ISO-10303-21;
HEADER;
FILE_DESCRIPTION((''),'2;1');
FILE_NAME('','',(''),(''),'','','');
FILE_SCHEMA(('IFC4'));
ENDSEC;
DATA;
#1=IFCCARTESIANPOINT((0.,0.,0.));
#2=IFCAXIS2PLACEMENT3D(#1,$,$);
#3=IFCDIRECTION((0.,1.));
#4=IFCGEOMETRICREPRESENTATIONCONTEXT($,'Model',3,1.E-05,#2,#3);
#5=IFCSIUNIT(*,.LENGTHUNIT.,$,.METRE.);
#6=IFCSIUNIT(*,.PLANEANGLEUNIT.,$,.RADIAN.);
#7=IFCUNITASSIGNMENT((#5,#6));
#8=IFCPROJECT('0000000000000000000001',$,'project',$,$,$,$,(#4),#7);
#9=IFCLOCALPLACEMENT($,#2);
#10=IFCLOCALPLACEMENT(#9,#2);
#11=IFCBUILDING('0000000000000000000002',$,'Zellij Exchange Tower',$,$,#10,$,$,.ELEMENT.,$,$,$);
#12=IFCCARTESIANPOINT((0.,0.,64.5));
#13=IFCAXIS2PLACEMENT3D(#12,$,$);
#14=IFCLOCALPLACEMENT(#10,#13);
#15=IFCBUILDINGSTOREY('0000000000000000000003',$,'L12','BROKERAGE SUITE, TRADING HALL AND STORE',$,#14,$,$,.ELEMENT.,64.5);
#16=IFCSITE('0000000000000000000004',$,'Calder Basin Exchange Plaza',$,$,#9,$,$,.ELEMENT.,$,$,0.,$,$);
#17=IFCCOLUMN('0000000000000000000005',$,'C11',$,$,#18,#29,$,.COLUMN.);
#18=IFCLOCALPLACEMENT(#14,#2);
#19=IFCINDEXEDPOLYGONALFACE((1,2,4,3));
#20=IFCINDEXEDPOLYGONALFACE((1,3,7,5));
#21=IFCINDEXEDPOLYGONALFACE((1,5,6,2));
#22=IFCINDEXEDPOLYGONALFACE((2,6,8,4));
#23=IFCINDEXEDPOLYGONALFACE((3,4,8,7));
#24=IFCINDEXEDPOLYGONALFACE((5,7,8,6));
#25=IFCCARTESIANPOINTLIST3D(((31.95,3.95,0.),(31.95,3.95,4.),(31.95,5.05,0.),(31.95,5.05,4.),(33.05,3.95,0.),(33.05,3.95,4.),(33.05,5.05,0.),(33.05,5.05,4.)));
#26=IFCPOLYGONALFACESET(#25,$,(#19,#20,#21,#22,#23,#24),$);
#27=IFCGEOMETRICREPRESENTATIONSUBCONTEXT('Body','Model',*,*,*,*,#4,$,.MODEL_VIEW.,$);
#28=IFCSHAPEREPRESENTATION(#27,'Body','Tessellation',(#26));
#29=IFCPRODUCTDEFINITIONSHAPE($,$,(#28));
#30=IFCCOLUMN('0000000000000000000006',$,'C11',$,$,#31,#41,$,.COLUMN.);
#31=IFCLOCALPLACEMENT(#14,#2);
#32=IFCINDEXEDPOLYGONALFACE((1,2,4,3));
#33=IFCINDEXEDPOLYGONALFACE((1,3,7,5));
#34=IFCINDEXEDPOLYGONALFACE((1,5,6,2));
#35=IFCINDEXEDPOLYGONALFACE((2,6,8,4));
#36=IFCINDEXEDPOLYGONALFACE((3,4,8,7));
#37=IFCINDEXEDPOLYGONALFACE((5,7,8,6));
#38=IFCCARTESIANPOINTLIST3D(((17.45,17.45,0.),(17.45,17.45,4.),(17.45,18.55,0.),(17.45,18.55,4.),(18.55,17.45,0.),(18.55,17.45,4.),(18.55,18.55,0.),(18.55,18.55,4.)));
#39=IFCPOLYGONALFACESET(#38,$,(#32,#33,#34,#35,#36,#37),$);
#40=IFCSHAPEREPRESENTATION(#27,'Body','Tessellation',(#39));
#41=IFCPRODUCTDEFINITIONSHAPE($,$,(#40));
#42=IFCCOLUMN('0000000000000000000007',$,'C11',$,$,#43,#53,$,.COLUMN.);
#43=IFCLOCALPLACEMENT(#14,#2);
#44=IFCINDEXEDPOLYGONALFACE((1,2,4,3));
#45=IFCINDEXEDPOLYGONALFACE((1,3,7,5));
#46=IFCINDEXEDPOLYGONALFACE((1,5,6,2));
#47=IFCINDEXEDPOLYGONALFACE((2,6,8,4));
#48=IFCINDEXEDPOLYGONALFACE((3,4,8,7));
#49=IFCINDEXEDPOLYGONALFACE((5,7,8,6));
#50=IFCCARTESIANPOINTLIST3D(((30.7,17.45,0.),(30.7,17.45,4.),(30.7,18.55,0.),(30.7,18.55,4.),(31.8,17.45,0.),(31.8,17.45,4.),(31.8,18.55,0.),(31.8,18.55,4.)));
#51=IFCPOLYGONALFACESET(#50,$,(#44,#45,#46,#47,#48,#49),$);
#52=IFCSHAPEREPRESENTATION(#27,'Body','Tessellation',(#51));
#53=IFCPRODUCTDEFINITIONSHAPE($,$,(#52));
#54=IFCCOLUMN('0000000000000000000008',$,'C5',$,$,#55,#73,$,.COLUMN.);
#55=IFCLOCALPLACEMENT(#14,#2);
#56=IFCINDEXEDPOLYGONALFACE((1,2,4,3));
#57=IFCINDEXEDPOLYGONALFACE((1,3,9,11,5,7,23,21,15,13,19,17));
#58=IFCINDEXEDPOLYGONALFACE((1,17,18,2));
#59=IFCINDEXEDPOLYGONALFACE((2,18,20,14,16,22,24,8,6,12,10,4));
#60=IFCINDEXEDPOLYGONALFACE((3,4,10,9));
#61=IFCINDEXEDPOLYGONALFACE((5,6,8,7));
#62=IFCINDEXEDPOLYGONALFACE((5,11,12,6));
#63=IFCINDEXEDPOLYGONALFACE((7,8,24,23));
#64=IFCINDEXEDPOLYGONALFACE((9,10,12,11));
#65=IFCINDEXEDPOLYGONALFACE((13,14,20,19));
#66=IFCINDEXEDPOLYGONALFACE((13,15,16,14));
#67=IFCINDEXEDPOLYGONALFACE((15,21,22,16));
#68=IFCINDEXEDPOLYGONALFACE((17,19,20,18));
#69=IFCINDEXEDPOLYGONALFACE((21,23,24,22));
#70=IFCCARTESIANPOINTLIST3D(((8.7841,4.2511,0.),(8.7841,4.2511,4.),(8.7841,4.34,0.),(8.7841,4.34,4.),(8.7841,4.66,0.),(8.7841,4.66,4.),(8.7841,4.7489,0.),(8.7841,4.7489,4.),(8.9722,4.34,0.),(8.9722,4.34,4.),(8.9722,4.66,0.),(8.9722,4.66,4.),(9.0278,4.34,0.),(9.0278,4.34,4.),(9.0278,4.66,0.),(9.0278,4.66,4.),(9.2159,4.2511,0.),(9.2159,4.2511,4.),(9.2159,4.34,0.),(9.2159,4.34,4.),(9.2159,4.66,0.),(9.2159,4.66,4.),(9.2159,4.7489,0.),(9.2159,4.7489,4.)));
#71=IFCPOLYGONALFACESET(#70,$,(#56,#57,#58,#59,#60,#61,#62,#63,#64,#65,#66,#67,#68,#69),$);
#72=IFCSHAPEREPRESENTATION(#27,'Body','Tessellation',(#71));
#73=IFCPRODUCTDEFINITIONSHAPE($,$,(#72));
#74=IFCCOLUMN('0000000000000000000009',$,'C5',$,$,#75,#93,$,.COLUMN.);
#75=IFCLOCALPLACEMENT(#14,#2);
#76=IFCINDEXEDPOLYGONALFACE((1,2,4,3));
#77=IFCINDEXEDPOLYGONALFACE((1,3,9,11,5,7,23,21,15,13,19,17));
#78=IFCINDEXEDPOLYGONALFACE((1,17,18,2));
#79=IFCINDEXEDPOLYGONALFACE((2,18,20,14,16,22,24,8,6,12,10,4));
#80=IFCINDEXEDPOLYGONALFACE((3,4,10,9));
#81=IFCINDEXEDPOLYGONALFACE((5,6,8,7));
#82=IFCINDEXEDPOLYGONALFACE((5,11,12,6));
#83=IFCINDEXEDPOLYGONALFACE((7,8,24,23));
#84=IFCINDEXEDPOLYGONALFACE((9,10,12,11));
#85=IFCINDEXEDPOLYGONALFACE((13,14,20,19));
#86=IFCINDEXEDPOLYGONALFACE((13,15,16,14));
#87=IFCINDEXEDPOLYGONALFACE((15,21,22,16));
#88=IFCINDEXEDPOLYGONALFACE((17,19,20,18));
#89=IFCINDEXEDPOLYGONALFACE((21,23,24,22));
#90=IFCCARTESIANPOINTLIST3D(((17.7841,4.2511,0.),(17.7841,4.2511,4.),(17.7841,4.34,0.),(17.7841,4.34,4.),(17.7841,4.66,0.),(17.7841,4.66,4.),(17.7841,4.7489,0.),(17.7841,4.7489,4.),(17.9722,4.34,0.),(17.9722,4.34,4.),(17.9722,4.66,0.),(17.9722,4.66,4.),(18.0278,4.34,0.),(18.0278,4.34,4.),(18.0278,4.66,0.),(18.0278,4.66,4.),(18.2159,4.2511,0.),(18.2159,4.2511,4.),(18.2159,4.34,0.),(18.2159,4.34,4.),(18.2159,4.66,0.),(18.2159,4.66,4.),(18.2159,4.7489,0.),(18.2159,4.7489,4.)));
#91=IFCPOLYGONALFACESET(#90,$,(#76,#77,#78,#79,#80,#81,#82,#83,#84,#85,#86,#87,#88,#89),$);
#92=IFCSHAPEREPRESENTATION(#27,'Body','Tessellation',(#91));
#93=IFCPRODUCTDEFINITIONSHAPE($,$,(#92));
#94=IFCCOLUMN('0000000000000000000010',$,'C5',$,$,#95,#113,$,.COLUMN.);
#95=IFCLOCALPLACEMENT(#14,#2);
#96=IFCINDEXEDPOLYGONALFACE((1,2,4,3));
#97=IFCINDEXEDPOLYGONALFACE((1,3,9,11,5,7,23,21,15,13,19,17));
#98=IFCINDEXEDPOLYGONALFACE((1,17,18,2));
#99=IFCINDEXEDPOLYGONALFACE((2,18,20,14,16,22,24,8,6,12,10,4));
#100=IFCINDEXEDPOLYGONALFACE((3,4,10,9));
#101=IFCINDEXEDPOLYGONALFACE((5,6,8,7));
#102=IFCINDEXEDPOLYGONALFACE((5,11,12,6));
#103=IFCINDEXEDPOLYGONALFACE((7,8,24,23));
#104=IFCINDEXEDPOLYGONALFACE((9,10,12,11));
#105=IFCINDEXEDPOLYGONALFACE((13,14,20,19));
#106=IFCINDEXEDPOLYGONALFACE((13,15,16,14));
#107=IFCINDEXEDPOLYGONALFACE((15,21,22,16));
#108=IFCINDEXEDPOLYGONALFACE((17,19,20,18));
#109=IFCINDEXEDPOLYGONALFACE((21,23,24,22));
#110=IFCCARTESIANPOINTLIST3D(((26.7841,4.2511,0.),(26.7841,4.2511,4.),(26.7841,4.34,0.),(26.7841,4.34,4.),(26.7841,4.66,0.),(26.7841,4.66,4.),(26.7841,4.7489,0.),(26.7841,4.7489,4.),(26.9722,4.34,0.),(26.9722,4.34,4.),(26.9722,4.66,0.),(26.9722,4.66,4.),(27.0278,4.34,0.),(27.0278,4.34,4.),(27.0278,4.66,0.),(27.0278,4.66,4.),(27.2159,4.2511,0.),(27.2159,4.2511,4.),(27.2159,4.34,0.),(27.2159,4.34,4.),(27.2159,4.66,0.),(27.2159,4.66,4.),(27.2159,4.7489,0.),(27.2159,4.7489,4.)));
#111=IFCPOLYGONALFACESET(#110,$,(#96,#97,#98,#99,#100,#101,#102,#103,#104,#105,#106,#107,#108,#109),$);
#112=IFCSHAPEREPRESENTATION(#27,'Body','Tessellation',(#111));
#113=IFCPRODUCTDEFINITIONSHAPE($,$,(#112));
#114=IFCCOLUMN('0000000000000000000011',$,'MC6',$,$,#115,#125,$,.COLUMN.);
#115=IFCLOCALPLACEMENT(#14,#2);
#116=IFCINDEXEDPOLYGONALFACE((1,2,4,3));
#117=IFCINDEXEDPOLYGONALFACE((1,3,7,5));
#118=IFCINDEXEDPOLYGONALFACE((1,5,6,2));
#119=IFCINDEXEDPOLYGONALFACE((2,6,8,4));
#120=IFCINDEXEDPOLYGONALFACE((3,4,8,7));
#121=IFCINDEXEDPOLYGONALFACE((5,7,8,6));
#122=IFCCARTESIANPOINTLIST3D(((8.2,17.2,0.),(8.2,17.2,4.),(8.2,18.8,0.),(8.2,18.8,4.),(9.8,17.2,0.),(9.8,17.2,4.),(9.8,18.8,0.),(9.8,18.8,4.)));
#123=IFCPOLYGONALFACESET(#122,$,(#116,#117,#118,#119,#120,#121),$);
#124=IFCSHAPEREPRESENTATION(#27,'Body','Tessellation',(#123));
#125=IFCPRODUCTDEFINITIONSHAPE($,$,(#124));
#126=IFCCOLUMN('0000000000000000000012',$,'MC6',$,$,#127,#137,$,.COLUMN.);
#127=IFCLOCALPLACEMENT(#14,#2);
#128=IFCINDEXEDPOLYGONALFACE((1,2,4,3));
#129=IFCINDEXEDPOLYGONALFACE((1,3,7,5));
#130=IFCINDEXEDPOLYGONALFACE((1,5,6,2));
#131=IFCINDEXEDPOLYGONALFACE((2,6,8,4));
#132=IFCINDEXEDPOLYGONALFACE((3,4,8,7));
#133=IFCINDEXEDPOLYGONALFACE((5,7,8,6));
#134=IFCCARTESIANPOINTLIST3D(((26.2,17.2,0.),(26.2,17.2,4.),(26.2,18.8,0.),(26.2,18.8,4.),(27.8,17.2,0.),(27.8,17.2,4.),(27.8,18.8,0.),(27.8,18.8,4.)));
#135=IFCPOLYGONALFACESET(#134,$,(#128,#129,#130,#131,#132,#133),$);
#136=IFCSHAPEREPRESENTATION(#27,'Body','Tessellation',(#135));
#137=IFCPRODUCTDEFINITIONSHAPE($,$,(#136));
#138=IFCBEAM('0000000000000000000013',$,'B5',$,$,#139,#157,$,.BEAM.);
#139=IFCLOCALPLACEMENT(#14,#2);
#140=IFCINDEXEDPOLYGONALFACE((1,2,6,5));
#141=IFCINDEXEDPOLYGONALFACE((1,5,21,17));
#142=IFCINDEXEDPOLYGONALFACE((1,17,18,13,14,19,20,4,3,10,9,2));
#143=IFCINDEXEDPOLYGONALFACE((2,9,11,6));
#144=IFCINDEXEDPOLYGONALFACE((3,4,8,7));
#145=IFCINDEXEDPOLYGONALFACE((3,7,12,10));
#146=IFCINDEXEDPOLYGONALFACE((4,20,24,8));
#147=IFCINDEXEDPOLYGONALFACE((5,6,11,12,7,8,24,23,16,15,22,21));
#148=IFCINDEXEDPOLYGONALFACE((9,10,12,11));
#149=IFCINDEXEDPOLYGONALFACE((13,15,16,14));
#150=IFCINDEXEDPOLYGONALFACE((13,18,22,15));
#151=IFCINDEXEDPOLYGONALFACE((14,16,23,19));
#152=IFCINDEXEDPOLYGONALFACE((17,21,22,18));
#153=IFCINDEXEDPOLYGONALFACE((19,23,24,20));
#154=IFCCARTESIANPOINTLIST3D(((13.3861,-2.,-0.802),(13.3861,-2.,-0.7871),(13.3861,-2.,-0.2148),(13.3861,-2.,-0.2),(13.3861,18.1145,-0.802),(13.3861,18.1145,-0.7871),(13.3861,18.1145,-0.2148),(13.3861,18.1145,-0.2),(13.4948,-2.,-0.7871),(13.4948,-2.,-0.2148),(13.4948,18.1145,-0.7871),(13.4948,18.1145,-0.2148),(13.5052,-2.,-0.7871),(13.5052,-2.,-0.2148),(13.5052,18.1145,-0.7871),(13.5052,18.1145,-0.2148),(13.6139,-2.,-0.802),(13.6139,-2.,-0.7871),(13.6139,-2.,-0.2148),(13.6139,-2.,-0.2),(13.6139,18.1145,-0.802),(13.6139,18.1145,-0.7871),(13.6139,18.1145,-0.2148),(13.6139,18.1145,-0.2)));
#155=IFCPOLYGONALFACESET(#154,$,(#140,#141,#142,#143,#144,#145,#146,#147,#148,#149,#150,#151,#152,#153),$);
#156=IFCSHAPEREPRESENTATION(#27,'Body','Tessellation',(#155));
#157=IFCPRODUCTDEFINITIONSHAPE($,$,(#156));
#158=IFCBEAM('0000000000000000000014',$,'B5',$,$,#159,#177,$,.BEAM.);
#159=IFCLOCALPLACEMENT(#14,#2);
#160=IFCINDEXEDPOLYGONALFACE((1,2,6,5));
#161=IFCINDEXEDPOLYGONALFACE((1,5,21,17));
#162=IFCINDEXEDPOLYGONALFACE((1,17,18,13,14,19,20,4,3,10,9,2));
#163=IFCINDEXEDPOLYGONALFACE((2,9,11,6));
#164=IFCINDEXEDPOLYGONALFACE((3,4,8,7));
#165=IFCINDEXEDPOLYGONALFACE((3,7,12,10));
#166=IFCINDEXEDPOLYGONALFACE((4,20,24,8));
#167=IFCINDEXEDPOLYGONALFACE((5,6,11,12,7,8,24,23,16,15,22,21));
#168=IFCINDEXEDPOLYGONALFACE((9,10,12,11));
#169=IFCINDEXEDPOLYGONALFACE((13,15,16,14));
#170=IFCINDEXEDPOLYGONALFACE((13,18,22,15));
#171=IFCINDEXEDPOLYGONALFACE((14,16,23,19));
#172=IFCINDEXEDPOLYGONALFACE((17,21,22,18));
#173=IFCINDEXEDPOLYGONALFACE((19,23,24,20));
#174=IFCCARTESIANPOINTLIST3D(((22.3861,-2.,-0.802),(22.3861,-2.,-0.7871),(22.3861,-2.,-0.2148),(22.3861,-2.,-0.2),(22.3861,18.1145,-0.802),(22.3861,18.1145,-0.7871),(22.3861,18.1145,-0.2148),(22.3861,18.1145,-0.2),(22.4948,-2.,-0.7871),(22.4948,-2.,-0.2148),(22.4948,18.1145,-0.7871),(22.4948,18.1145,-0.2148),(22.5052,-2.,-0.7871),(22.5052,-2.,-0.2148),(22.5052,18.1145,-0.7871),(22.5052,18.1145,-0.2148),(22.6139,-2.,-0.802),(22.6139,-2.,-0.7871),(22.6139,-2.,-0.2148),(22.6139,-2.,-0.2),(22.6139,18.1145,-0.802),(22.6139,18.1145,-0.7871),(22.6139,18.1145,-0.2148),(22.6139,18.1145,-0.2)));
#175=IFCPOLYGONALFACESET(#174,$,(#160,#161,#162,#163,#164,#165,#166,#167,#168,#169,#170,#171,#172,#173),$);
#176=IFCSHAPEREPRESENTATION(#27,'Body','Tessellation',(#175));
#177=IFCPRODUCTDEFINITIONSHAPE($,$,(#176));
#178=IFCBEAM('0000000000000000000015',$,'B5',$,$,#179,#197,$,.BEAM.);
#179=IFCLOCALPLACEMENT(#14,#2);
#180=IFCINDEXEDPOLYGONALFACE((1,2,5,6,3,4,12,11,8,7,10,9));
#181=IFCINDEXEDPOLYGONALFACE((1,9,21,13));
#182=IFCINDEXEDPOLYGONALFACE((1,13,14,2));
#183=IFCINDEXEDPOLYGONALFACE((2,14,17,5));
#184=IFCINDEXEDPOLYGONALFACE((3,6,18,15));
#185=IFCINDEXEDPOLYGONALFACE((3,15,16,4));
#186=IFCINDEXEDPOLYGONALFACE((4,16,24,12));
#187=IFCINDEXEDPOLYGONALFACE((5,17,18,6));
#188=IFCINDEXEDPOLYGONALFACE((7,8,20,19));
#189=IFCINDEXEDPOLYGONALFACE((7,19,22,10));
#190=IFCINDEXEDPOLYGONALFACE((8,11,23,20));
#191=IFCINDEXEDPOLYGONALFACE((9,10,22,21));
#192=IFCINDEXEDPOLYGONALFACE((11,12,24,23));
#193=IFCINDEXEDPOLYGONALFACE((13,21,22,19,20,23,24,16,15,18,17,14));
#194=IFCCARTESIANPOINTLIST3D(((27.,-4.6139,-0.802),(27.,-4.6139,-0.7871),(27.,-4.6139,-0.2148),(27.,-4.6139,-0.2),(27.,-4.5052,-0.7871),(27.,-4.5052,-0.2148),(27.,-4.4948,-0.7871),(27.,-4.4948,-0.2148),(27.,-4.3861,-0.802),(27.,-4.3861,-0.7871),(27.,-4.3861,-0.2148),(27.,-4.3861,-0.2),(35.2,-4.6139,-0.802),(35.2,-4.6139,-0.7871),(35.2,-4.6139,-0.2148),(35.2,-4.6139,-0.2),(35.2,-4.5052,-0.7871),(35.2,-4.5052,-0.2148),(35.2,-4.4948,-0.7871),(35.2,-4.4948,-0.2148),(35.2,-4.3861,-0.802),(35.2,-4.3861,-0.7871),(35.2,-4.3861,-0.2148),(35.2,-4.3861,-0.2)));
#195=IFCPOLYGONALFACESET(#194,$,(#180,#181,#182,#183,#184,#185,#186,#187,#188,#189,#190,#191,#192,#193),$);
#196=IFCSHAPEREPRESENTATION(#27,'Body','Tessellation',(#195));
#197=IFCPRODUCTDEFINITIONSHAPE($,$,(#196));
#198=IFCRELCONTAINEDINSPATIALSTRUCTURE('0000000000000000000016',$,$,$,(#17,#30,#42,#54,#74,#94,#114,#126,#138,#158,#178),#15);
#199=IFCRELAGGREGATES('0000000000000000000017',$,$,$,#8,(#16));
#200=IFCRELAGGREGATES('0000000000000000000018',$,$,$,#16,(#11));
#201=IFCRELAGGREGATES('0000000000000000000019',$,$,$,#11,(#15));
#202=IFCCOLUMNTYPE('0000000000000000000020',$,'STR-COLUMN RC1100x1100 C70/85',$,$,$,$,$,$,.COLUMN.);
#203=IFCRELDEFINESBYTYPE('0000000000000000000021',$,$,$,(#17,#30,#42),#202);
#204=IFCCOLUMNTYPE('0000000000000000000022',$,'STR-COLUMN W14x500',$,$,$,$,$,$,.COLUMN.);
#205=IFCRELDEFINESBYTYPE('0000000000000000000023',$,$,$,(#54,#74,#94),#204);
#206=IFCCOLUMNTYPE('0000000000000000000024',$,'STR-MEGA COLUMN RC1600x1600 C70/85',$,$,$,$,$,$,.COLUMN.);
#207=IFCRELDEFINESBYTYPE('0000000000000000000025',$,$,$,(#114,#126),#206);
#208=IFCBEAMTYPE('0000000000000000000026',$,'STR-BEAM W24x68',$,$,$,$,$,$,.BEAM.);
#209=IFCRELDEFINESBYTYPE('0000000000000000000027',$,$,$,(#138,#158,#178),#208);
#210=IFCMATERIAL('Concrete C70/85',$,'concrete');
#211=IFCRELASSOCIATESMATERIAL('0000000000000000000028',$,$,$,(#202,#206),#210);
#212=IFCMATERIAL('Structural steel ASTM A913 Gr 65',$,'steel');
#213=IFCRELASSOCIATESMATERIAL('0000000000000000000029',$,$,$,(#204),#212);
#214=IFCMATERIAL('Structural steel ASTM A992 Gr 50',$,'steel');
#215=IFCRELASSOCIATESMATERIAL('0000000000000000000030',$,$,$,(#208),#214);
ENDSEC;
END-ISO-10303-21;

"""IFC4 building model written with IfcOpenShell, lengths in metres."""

from ifc_helpers import new_model, si_unit, direction, frame, origin, origin_2d, place, context, subcontext, project, spatial, rectangle, i_section, extrude, material, material_profile, profile_set, type_object, element, save


model = new_model("IFC4")

# Units and contexts
model_context = context("Model", 3, precision=1e-05, world=origin(), true_north=direction((0.0, 1.0)))
body_context = subcontext(model_context, "Body", "Model", "MODEL_VIEW")
ifc_project = project(units=[si_unit("LENGTHUNIT", "METRE"), si_unit("PLANEANGLEUNIT", "RADIAN")], contexts=[model_context])

# Site, building, storey
site_placement = place(None, origin())
site = spatial("IfcSite", under=ifc_project, at=site_placement, Name="Calder Basin Exchange Plaza", CompositionType="ELEMENT", RefElevation=0.0)
building_placement = place(site_placement, origin())
building = spatial("IfcBuilding", under=site, at=building_placement, Name="Zellij Exchange Tower", CompositionType="ELEMENT")
storey_placement = place(building_placement, frame((0.0, 0.0, 64.5)))
storey = spatial("IfcBuildingStorey", under=building, at=storey_placement, Name="L12", Description="BROKERAGE SUITE, TRADING HALL AND STORE", CompositionType="ELEMENT", Elevation=64.5)

# Columns
ifc_material_1 = material(Name="Concrete C70/85", Category="concrete")
ifc_material_profile_1 = material_profile(ifc_material_1, rectangle(XDim=1.1001, YDim=1.1001, at=origin_2d()), Name="STR-COLUMN RC1100x1100 C70/85")
ifc_profile_set_1 = profile_set([ifc_material_profile_1], Name="Concrete C70/85")
column_type_1 = type_object("IfcColumnType", Name="STR-COLUMN RC1100x1100 C70/85", PredefinedType="COLUMN", material=ifc_profile_set_1)
for number, where, z_axis, x_axis, name in (
    (1, (32.5, 4.5, 0.0), (0.0, 0.0, 1.0), (1.0, 0.0, 0.0), "C11"),
    (2, (18.0, 18.0, 0.0), (0.0, 0.0, 1.0), (1.0, 0.0, 0.0), "C11"),
    (3, (31.25, 18.0, 0.0), (0.0, 0.0, 1.0), (1.0, 0.0, 0.0), "C11"),
):
    element("IfcColumn", number, at=place(storey_placement, frame(where, z_axis=z_axis, x_axis=x_axis)), inside=storey, type_object=column_type_1, Name=name, PredefinedType="COLUMN", context=body_context, shape_type="SweptSolid", body=[
        extrude(rectangle(XDim=1.1001, YDim=1.1001, at=origin_2d()), origin(), (0.0, 0.0, 1.0), 4.0),
    ])
ifc_material_2 = material(Name="Structural steel ASTM A913 Gr 65", Category="steel")
ifc_material_profile_2 = material_profile(ifc_material_2, i_section(OverallWidth=0.4319, OverallDepth=0.4978, WebThickness=0.0557, FlangeThickness=0.0889, at=origin_2d()), Name="W14x500")
ifc_profile_set_2 = profile_set([ifc_material_profile_2], Name="Structural steel ASTM A913 Gr 65")
column_type_2 = type_object("IfcColumnType", Name="STR-COLUMN W14x500", PredefinedType="COLUMN", material=ifc_profile_set_2)
for number, where, z_axis, x_axis, name in (
    (4, (9.0, 4.5, 0.0), (0.0, 0.0, 1.0), (1.0, 0.0, 0.0), "C5"),
    (5, (18.0, 4.5, 0.0), (0.0, 0.0, 1.0), (1.0, 0.0, 0.0), "C5"),
    (6, (27.0, 4.5, 0.0), (0.0, 0.0, 1.0), (1.0, 0.0, 0.0), "C5"),
):
    element("IfcColumn", number, at=place(storey_placement, frame(where, z_axis=z_axis, x_axis=x_axis)), inside=storey, type_object=column_type_2, Name=name, PredefinedType="COLUMN", context=body_context, shape_type="SweptSolid", body=[
        extrude(i_section(OverallWidth=0.4319, OverallDepth=0.4978, WebThickness=0.0557, FlangeThickness=0.0889, at=origin_2d()), origin(), (0.0, 0.0, 1.0), 4.0),
    ])
ifc_material_profile_3 = material_profile(ifc_material_1, rectangle(XDim=1.6001, YDim=1.6001, at=origin_2d()), Name="STR-MEGA COLUMN RC1600x1600 C70/85")
ifc_profile_set_3 = profile_set([ifc_material_profile_3], Name="Concrete C70/85")
column_type_3 = type_object("IfcColumnType", Name="STR-MEGA COLUMN RC1600x1600 C70/85", PredefinedType="COLUMN", material=ifc_profile_set_3)
for number, where, z_axis, x_axis, name in (
    (7, (9.0, 18.0, 0.0), (0.0, 0.0, 1.0), (1.0, 0.0, 0.0), "MC6"),
    (8, (27.0, 18.0, 0.0), (0.0, 0.0, 1.0), (1.0, 0.0, 0.0), "MC6"),
):
    element("IfcColumn", number, at=place(storey_placement, frame(where, z_axis=z_axis, x_axis=x_axis)), inside=storey, type_object=column_type_3, Name=name, PredefinedType="COLUMN", context=body_context, shape_type="SweptSolid", body=[
        extrude(rectangle(XDim=1.6001, YDim=1.6001, at=origin_2d()), origin(), (0.0, 0.0, 1.0), 4.0),
    ])

# Beams
ifc_material_3 = material(Name="Structural steel ASTM A992 Gr 50", Category="steel")
ifc_material_profile_4 = material_profile(ifc_material_3, i_section(OverallWidth=0.2278, OverallDepth=0.6021, WebThickness=0.0105, FlangeThickness=0.0149, at=origin_2d()), Name="W24x68")
ifc_profile_set_4 = profile_set([ifc_material_profile_4], Name="Structural steel ASTM A992 Gr 50")
beam_type_1 = type_object("IfcBeamType", Name="STR-BEAM W24x68", PredefinedType="BEAM", material=ifc_profile_set_4)
for number, where, z_axis, x_axis, name in (
    (9, (13.5, -2.0, -0.501), (0.0, 1.0, 0.0), (-1.0, 0.0, 0.0), "B5"),
    (10, (22.5, -2.0, -0.501), (0.0, 1.0, 0.0), (-1.0, 0.0, 0.0), "B5"),
):
    element("IfcBeam", number, at=place(storey_placement, frame(where, z_axis=z_axis, x_axis=x_axis)), inside=storey, type_object=beam_type_1, Name=name, PredefinedType="BEAM", context=body_context, shape_type="SweptSolid", body=[
        extrude(i_section(OverallWidth=0.2278, OverallDepth=0.6021, WebThickness=0.0105, FlangeThickness=0.0149, at=origin_2d()), origin(), (0.0, 0.0, 1.0), 20.1145),
    ])
for number, where, z_axis, x_axis, name in (
    (11, (27.0, -4.5, -0.501), (1.0, 0.0, 0.0), (0.0, 1.0, 0.0), "B5"),
):
    element("IfcBeam", number, at=place(storey_placement, frame(where, z_axis=z_axis, x_axis=x_axis)), inside=storey, type_object=beam_type_1, Name=name, PredefinedType="BEAM", context=body_context, shape_type="SweptSolid", body=[
        extrude(i_section(OverallWidth=0.2278, OverallDepth=0.6021, WebThickness=0.0105, FlangeThickness=0.0149, at=origin_2d()), origin(), (0.0, 0.0, 1.0), 8.2),
    ])

save(model, "model.ifc")
